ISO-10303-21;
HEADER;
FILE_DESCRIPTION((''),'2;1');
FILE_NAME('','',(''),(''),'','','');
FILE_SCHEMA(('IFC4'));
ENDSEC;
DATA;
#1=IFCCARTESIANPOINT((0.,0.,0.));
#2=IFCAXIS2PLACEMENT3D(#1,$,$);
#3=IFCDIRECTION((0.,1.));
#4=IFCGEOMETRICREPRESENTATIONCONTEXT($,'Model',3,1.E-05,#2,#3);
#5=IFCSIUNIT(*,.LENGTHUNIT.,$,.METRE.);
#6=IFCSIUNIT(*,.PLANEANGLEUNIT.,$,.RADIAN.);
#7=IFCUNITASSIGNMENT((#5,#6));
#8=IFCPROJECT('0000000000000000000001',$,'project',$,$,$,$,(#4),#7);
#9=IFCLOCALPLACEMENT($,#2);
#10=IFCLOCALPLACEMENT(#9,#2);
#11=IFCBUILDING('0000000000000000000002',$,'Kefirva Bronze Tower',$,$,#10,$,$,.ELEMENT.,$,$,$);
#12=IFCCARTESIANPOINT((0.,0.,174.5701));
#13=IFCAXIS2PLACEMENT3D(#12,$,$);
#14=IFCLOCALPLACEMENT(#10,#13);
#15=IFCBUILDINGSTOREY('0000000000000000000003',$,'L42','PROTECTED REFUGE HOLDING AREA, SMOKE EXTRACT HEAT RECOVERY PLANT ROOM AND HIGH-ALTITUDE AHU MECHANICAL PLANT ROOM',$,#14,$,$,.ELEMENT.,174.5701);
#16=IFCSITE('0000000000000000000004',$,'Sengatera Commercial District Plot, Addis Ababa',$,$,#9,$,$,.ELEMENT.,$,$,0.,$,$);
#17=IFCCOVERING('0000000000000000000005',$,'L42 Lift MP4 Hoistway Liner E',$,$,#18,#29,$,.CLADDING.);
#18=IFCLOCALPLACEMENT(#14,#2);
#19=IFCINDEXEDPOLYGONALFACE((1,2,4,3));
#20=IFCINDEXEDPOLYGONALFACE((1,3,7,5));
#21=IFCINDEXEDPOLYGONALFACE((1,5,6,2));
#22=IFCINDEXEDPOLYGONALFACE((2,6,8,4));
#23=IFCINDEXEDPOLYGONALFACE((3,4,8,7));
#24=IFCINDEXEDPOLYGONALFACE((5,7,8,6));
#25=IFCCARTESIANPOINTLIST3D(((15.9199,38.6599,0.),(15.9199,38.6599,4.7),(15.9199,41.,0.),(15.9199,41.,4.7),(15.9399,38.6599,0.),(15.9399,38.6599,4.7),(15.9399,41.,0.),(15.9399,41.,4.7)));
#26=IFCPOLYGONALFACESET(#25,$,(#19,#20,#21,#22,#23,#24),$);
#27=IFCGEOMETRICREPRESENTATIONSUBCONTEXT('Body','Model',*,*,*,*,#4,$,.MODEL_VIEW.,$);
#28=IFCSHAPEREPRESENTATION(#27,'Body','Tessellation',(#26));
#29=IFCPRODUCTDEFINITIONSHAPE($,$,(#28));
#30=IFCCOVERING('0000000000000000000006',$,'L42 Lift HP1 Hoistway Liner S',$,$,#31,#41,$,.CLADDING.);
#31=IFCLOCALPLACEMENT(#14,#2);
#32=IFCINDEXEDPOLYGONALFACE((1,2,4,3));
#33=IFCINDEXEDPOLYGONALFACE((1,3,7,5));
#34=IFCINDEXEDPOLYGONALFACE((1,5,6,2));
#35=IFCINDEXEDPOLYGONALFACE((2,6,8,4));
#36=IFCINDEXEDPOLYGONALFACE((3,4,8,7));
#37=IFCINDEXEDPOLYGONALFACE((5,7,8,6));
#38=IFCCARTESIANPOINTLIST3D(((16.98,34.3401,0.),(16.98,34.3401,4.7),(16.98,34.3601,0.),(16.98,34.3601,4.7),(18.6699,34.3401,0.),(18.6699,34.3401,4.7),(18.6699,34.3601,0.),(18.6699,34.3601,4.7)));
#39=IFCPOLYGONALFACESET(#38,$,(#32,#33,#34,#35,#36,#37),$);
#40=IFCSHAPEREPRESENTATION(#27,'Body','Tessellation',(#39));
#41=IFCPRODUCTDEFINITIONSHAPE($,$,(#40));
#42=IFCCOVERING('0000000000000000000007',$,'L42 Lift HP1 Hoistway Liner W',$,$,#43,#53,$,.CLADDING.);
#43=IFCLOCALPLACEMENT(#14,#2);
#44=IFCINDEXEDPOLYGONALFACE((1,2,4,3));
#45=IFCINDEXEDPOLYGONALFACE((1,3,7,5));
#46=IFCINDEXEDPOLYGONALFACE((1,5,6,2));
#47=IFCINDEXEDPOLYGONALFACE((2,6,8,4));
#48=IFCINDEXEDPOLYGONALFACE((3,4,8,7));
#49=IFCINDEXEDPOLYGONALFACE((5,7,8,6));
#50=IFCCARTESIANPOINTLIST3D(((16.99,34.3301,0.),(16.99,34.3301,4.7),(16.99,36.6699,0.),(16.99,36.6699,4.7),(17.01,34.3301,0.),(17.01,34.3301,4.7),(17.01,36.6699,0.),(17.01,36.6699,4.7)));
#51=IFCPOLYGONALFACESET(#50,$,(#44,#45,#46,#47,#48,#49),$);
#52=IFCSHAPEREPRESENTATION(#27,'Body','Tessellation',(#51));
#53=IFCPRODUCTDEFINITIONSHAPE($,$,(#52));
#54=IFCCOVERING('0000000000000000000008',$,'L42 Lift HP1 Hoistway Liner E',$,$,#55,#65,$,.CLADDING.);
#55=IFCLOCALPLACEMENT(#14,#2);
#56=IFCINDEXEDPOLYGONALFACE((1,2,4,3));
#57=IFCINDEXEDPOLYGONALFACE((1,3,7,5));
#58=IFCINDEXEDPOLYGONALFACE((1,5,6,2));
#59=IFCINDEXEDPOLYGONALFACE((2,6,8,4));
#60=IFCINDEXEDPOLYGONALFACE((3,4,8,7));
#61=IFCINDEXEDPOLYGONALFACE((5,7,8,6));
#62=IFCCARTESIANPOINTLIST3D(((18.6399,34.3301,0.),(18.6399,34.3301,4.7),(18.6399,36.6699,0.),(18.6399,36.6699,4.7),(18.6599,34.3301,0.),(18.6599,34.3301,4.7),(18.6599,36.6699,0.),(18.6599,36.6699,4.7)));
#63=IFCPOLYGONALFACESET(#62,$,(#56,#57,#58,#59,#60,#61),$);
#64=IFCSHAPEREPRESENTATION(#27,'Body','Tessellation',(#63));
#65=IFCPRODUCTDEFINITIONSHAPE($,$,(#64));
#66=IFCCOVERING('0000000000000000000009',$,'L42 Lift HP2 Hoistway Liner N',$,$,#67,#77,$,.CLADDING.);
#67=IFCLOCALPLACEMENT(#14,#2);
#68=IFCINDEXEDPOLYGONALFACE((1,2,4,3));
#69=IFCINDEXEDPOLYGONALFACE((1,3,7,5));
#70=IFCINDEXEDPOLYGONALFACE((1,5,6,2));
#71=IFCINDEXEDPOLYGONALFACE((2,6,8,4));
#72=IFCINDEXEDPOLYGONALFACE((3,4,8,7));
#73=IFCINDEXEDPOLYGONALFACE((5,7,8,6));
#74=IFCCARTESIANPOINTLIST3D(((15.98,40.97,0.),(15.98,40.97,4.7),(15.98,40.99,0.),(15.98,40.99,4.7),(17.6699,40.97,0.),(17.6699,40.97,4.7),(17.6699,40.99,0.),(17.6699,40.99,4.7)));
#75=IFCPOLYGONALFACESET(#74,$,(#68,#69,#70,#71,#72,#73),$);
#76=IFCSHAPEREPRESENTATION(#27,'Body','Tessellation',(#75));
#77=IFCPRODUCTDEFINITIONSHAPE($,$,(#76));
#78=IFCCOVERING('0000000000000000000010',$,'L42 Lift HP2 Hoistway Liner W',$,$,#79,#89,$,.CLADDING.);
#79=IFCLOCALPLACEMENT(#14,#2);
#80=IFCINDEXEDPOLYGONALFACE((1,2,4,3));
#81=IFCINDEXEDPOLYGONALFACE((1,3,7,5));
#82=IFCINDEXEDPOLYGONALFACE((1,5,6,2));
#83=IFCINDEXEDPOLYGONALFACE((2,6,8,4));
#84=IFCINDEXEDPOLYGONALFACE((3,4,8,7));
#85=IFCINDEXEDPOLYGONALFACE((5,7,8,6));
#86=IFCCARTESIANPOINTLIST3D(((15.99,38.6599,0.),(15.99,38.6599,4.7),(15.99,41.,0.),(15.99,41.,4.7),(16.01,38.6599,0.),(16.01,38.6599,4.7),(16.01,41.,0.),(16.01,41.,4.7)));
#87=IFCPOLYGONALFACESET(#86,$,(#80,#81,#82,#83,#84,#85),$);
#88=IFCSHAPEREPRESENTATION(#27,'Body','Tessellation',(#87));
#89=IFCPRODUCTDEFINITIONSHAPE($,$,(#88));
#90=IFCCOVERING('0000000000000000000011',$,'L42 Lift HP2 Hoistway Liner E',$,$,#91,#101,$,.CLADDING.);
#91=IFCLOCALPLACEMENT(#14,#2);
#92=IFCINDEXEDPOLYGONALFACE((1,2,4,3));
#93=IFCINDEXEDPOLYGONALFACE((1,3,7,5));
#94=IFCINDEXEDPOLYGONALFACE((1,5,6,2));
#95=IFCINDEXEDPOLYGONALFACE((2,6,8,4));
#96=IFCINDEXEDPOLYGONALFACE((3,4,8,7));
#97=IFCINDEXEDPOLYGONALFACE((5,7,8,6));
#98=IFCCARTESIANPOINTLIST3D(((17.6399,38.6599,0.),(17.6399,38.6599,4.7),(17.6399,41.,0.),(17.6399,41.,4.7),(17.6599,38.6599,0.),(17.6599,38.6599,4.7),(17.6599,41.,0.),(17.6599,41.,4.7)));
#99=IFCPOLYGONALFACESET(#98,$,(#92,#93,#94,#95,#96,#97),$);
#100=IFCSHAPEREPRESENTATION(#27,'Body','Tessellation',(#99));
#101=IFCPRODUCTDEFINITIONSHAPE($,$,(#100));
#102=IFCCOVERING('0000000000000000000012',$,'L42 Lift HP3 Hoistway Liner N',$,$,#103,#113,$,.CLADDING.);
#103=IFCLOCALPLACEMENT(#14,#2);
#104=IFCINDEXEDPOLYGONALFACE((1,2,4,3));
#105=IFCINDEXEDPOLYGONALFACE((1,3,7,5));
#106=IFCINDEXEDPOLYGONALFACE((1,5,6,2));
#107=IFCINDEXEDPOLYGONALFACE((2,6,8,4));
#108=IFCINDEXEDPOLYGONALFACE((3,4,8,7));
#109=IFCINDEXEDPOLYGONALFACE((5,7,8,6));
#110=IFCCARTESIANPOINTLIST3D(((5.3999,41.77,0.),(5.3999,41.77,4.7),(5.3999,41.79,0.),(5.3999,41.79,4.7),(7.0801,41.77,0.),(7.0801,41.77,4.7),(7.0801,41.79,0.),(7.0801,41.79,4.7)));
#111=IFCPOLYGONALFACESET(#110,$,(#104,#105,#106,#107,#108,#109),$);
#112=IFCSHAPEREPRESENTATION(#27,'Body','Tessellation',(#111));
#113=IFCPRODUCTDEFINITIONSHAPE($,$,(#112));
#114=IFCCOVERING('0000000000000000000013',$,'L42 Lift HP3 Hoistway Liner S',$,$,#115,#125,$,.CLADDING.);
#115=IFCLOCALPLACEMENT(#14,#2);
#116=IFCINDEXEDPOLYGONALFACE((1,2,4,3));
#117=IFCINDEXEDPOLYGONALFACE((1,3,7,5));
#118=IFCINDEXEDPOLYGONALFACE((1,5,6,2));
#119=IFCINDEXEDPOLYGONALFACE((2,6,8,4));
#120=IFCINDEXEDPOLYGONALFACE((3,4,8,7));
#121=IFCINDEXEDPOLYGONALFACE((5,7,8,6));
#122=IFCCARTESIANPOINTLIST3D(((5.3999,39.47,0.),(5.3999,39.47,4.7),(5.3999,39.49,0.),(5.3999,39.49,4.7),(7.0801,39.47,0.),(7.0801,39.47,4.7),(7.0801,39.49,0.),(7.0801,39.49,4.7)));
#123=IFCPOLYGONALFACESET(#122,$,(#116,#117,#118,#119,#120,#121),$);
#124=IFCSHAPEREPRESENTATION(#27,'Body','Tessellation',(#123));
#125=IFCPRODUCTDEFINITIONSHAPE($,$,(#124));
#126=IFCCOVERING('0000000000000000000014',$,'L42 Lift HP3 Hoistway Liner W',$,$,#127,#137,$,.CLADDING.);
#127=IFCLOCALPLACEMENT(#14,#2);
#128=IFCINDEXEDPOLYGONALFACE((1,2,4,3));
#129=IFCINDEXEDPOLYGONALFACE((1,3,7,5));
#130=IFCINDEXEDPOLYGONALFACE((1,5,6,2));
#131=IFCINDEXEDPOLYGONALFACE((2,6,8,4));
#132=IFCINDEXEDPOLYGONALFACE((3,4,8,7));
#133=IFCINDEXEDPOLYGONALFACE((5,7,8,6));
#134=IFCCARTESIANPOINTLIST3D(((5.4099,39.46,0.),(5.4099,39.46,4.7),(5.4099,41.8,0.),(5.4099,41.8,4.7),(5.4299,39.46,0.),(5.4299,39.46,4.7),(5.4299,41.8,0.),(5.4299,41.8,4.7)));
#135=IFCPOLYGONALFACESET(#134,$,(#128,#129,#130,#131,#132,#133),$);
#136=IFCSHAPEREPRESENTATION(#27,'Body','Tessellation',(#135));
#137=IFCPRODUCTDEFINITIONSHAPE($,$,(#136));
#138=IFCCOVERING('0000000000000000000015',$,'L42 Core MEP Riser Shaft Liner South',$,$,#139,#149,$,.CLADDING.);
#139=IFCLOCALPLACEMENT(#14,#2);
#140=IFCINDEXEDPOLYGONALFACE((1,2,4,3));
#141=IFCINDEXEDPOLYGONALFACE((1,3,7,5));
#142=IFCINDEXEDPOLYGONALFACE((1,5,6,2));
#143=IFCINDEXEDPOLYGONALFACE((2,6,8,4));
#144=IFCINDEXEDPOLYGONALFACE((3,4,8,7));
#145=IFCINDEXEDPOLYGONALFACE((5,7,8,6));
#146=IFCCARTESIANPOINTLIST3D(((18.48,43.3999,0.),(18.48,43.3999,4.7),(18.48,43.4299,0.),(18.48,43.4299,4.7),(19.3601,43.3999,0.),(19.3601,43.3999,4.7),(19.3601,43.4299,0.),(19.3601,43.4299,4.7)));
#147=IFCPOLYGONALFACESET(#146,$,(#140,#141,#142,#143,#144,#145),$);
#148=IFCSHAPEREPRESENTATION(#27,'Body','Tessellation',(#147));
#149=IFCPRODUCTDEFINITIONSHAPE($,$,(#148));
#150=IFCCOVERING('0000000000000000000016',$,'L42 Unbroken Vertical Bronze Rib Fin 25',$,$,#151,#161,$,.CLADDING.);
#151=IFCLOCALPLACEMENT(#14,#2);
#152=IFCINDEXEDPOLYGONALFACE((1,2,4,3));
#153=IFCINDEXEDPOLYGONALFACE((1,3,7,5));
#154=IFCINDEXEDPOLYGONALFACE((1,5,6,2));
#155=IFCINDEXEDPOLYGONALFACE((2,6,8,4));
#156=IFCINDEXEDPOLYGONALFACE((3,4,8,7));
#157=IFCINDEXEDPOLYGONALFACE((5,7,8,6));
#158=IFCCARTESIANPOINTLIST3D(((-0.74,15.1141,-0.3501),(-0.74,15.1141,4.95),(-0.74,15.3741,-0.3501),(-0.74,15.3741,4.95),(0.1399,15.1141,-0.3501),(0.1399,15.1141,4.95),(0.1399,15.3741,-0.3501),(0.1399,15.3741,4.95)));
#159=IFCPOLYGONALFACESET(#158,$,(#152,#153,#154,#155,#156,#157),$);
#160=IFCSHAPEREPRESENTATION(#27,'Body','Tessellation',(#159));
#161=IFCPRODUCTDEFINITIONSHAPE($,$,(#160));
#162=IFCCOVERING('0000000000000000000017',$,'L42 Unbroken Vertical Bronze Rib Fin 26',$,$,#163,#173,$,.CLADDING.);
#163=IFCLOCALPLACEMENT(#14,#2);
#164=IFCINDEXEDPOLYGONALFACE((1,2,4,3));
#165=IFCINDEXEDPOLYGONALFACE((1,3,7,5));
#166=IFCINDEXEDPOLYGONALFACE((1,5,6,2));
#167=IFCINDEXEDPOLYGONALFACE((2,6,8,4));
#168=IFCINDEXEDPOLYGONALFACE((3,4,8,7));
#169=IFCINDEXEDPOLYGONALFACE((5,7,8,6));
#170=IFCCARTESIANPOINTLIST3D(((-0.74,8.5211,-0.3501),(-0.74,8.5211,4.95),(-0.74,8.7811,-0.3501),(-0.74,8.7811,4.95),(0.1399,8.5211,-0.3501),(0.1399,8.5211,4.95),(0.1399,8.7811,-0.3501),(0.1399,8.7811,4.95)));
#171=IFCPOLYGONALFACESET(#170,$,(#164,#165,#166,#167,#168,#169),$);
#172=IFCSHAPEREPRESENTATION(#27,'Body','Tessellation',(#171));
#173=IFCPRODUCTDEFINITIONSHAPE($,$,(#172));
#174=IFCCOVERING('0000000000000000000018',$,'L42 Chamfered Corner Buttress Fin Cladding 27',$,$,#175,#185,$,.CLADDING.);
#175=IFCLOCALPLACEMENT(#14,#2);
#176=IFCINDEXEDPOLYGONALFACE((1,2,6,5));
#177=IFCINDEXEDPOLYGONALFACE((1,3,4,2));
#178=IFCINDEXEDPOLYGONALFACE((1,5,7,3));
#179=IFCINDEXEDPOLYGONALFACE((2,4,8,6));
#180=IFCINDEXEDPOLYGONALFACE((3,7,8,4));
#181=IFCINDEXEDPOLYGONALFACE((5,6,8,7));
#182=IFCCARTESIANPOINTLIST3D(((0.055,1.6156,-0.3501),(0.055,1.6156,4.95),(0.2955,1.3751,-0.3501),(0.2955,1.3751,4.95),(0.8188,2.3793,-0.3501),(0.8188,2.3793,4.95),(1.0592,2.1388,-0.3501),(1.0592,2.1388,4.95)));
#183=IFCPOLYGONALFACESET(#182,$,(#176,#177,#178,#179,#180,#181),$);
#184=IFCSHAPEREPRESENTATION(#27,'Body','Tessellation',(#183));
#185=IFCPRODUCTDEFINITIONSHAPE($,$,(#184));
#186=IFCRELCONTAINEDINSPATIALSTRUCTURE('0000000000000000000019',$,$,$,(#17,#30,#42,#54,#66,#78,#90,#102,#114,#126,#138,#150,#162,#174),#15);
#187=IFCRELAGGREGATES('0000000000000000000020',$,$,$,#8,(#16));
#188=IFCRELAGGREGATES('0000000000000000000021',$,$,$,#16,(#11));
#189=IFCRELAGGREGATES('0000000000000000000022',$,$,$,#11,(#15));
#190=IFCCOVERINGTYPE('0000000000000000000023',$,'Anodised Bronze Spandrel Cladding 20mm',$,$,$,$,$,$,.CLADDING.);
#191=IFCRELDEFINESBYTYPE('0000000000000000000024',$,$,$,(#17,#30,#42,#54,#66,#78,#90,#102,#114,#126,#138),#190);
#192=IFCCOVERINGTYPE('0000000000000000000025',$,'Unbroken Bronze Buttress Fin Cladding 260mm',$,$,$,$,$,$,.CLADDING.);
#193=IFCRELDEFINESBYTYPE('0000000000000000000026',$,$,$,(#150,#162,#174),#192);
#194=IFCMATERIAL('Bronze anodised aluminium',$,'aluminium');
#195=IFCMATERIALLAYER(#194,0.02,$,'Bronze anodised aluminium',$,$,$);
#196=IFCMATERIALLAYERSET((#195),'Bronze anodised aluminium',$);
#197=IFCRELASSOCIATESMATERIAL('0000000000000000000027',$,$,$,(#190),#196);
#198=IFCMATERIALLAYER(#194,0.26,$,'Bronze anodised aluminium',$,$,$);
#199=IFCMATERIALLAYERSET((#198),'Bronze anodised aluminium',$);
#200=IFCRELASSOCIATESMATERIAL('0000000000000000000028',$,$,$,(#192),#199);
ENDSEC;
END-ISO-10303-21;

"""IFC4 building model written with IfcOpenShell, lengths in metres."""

from ifc_helpers import new_model, si_unit, direction, frame, origin, origin_2d, place, context, subcontext, project, spatial, polyline, rectangle, outline, extrude, material, layer, layer_set, type_object, element, save


model = new_model("IFC4")

# Units and contexts
model_context = context("Model", 3, precision=1e-05, world=origin(), true_north=direction((0.0, 1.0)))
body_context = subcontext(model_context, "Body", "Model", "MODEL_VIEW")
ifc_project = project(units=[si_unit("LENGTHUNIT", "METRE"), si_unit("PLANEANGLEUNIT", "RADIAN")], contexts=[model_context])

# Site, building, storey
site_placement = place(None, origin())
site = spatial("IfcSite", under=ifc_project, at=site_placement, Name="Sengatera Commercial District Plot, Addis Ababa", CompositionType="ELEMENT", RefElevation=0.0)
building_placement = place(site_placement, origin())
building = spatial("IfcBuilding", under=site, at=building_placement, Name="Kefirva Bronze Tower", CompositionType="ELEMENT")
storey_placement = place(building_placement, frame((0.0, 0.0, 174.5701)))
storey = spatial("IfcBuildingStorey", under=building, at=storey_placement, Name="L42", Description="PROTECTED REFUGE HOLDING AREA, SMOKE EXTRACT HEAT RECOVERY PLANT ROOM AND HIGH-ALTITUDE AHU MECHANICAL PLANT ROOM", CompositionType="ELEMENT", Elevation=174.5701)

# Shared definitions
ifc_material_1 = material(Name="Bronze anodised aluminium", Category="aluminium")

# Coverings
ifc_layer_1 = layer(ifc_material_1, 0.02, Name="Bronze anodised aluminium")
ifc_layer_set_1 = layer_set([ifc_layer_1], Name="Bronze anodised aluminium")
covering_type_1 = type_object("IfcCoveringType", Name="Anodised Bronze Spandrel Cladding 20mm", PredefinedType="CLADDING", material=ifc_layer_set_1)
covering_1_placement = place(storey_placement, origin())
element("IfcCovering", 1, at=covering_1_placement, inside=storey, type_object=covering_type_1, Name="L42 Lift MP4 Hoistway Liner E", PredefinedType="CLADDING", context=body_context, shape_type="SweptSolid", body=[
    extrude(outline(polyline([(15.9199, 38.6599), (15.9399, 38.6599), (15.9399, 41.0), (15.9199, 41.0), (15.9199, 38.6599)])), origin(), (0.0, 0.0, 1.0), 4.7),
])
covering_2_placement = place(storey_placement, origin())
element("IfcCovering", 2, at=covering_2_placement, inside=storey, type_object=covering_type_1, Name="L42 Lift HP1 Hoistway Liner S", PredefinedType="CLADDING", context=body_context, shape_type="SweptSolid", body=[
    extrude(outline(polyline([(16.98, 34.3401), (18.6699, 34.3401), (18.6699, 34.3601), (16.98, 34.3601), (16.98, 34.3401)])), origin(), (0.0, 0.0, 1.0), 4.7),
])
covering_3_placement = place(storey_placement, origin())
element("IfcCovering", 3, at=covering_3_placement, inside=storey, type_object=covering_type_1, Name="L42 Lift HP1 Hoistway Liner W", PredefinedType="CLADDING", context=body_context, shape_type="SweptSolid", body=[
    extrude(outline(polyline([(16.99, 34.3301), (17.01, 34.3301), (17.01, 36.6699), (16.99, 36.6699), (16.99, 34.3301)])), origin(), (0.0, 0.0, 1.0), 4.7),
])
covering_4_placement = place(storey_placement, origin())
element("IfcCovering", 4, at=covering_4_placement, inside=storey, type_object=covering_type_1, Name="L42 Lift HP1 Hoistway Liner E", PredefinedType="CLADDING", context=body_context, shape_type="SweptSolid", body=[
    extrude(outline(polyline([(18.6399, 34.3301), (18.6599, 34.3301), (18.6599, 36.6699), (18.6399, 36.6699), (18.6399, 34.3301)])), origin(), (0.0, 0.0, 1.0), 4.7),
])
covering_5_placement = place(storey_placement, origin())
element("IfcCovering", 5, at=covering_5_placement, inside=storey, type_object=covering_type_1, Name="L42 Lift HP2 Hoistway Liner N", PredefinedType="CLADDING", context=body_context, shape_type="SweptSolid", body=[
    extrude(outline(polyline([(15.98, 40.97), (17.6699, 40.97), (17.6699, 40.99), (15.98, 40.99), (15.98, 40.97)])), origin(), (0.0, 0.0, 1.0), 4.7),
])
covering_6_placement = place(storey_placement, origin())
element("IfcCovering", 6, at=covering_6_placement, inside=storey, type_object=covering_type_1, Name="L42 Lift HP2 Hoistway Liner W", PredefinedType="CLADDING", context=body_context, shape_type="SweptSolid", body=[
    extrude(outline(polyline([(15.99, 38.6599), (16.01, 38.6599), (16.01, 41.0), (15.99, 41.0), (15.99, 38.6599)])), origin(), (0.0, 0.0, 1.0), 4.7),
])
covering_7_placement = place(storey_placement, origin())
element("IfcCovering", 7, at=covering_7_placement, inside=storey, type_object=covering_type_1, Name="L42 Lift HP2 Hoistway Liner E", PredefinedType="CLADDING", context=body_context, shape_type="SweptSolid", body=[
    extrude(outline(polyline([(17.6399, 38.6599), (17.6599, 38.6599), (17.6599, 41.0), (17.6399, 41.0), (17.6399, 38.6599)])), origin(), (0.0, 0.0, 1.0), 4.7),
])
covering_8_placement = place(storey_placement, origin())
element("IfcCovering", 8, at=covering_8_placement, inside=storey, type_object=covering_type_1, Name="L42 Lift HP3 Hoistway Liner N", PredefinedType="CLADDING", context=body_context, shape_type="SweptSolid", body=[
    extrude(outline(polyline([(5.3999, 41.77), (7.0801, 41.77), (7.0801, 41.79), (5.3999, 41.79), (5.3999, 41.77)])), origin(), (0.0, 0.0, 1.0), 4.7),
])
covering_9_placement = place(storey_placement, origin())
element("IfcCovering", 9, at=covering_9_placement, inside=storey, type_object=covering_type_1, Name="L42 Lift HP3 Hoistway Liner S", PredefinedType="CLADDING", context=body_context, shape_type="SweptSolid", body=[
    extrude(outline(polyline([(5.3999, 39.47), (7.0801, 39.47), (7.0801, 39.49), (5.3999, 39.49), (5.3999, 39.47)])), origin(), (0.0, 0.0, 1.0), 4.7),
])
covering_10_placement = place(storey_placement, origin())
element("IfcCovering", 10, at=covering_10_placement, inside=storey, type_object=covering_type_1, Name="L42 Lift HP3 Hoistway Liner W", PredefinedType="CLADDING", context=body_context, shape_type="SweptSolid", body=[
    extrude(outline(polyline([(5.4099, 39.46), (5.4299, 39.46), (5.4299, 41.8), (5.4099, 41.8), (5.4099, 39.46)])), origin(), (0.0, 0.0, 1.0), 4.7),
])
covering_11_placement = place(storey_placement, origin())
element("IfcCovering", 11, at=covering_11_placement, inside=storey, type_object=covering_type_1, Name="L42 Core MEP Riser Shaft Liner South", PredefinedType="CLADDING", context=body_context, shape_type="SweptSolid", body=[
    extrude(outline(polyline([(18.48, 43.3999), (19.3601, 43.3999), (19.3601, 43.4299), (18.48, 43.4299), (18.48, 43.3999)])), origin(), (0.0, 0.0, 1.0), 4.7),
])
ifc_layer_2 = layer(ifc_material_1, 0.26, Name="Bronze anodised aluminium")
ifc_layer_set_2 = layer_set([ifc_layer_2], Name="Bronze anodised aluminium")
covering_type_2 = type_object("IfcCoveringType", Name="Unbroken Bronze Buttress Fin Cladding 260mm", PredefinedType="CLADDING", material=ifc_layer_set_2)
for number, where, z_axis, x_axis, name in (
    (12, (-0.3, 15.2441, -0.3501), (0.0, 0.0, 1.0), (0.0, -1.0, 0.0), "L42 Unbroken Vertical Bronze Rib Fin 25"),
    (13, (-0.3, 8.6511, -0.3501), (0.0, 0.0, 1.0), (0.0, -1.0, 0.0), "L42 Unbroken Vertical Bronze Rib Fin 26"),
):
    element("IfcCovering", number, at=place(storey_placement, frame(where, z_axis=z_axis, x_axis=x_axis)), inside=storey, type_object=covering_type_2, Name=name, PredefinedType="CLADDING", context=body_context, shape_type="SweptSolid", body=[
        extrude(rectangle(XDim=0.26, YDim=0.8799, at=origin_2d()), origin(), (0.0, 0.0, 1.0), 5.3),
    ])
covering_12_placement = place(storey_placement, frame((0.5571, 1.8772, -0.3501), z_axis=(0.0, 0.0, 1.0), x_axis=(0.707107, -0.707107, 0.0)))
element("IfcCovering", 14, at=covering_12_placement, inside=storey, type_object=covering_type_2, Name="L42 Chamfered Corner Buttress Fin Cladding 27", PredefinedType="CLADDING", context=body_context, shape_type="SweptSolid", body=[
    extrude(rectangle(XDim=0.3401, YDim=1.0801, at=origin_2d()), origin(), (0.0, 0.0, 1.0), 5.3),
])

save(model, "model.ifc")
